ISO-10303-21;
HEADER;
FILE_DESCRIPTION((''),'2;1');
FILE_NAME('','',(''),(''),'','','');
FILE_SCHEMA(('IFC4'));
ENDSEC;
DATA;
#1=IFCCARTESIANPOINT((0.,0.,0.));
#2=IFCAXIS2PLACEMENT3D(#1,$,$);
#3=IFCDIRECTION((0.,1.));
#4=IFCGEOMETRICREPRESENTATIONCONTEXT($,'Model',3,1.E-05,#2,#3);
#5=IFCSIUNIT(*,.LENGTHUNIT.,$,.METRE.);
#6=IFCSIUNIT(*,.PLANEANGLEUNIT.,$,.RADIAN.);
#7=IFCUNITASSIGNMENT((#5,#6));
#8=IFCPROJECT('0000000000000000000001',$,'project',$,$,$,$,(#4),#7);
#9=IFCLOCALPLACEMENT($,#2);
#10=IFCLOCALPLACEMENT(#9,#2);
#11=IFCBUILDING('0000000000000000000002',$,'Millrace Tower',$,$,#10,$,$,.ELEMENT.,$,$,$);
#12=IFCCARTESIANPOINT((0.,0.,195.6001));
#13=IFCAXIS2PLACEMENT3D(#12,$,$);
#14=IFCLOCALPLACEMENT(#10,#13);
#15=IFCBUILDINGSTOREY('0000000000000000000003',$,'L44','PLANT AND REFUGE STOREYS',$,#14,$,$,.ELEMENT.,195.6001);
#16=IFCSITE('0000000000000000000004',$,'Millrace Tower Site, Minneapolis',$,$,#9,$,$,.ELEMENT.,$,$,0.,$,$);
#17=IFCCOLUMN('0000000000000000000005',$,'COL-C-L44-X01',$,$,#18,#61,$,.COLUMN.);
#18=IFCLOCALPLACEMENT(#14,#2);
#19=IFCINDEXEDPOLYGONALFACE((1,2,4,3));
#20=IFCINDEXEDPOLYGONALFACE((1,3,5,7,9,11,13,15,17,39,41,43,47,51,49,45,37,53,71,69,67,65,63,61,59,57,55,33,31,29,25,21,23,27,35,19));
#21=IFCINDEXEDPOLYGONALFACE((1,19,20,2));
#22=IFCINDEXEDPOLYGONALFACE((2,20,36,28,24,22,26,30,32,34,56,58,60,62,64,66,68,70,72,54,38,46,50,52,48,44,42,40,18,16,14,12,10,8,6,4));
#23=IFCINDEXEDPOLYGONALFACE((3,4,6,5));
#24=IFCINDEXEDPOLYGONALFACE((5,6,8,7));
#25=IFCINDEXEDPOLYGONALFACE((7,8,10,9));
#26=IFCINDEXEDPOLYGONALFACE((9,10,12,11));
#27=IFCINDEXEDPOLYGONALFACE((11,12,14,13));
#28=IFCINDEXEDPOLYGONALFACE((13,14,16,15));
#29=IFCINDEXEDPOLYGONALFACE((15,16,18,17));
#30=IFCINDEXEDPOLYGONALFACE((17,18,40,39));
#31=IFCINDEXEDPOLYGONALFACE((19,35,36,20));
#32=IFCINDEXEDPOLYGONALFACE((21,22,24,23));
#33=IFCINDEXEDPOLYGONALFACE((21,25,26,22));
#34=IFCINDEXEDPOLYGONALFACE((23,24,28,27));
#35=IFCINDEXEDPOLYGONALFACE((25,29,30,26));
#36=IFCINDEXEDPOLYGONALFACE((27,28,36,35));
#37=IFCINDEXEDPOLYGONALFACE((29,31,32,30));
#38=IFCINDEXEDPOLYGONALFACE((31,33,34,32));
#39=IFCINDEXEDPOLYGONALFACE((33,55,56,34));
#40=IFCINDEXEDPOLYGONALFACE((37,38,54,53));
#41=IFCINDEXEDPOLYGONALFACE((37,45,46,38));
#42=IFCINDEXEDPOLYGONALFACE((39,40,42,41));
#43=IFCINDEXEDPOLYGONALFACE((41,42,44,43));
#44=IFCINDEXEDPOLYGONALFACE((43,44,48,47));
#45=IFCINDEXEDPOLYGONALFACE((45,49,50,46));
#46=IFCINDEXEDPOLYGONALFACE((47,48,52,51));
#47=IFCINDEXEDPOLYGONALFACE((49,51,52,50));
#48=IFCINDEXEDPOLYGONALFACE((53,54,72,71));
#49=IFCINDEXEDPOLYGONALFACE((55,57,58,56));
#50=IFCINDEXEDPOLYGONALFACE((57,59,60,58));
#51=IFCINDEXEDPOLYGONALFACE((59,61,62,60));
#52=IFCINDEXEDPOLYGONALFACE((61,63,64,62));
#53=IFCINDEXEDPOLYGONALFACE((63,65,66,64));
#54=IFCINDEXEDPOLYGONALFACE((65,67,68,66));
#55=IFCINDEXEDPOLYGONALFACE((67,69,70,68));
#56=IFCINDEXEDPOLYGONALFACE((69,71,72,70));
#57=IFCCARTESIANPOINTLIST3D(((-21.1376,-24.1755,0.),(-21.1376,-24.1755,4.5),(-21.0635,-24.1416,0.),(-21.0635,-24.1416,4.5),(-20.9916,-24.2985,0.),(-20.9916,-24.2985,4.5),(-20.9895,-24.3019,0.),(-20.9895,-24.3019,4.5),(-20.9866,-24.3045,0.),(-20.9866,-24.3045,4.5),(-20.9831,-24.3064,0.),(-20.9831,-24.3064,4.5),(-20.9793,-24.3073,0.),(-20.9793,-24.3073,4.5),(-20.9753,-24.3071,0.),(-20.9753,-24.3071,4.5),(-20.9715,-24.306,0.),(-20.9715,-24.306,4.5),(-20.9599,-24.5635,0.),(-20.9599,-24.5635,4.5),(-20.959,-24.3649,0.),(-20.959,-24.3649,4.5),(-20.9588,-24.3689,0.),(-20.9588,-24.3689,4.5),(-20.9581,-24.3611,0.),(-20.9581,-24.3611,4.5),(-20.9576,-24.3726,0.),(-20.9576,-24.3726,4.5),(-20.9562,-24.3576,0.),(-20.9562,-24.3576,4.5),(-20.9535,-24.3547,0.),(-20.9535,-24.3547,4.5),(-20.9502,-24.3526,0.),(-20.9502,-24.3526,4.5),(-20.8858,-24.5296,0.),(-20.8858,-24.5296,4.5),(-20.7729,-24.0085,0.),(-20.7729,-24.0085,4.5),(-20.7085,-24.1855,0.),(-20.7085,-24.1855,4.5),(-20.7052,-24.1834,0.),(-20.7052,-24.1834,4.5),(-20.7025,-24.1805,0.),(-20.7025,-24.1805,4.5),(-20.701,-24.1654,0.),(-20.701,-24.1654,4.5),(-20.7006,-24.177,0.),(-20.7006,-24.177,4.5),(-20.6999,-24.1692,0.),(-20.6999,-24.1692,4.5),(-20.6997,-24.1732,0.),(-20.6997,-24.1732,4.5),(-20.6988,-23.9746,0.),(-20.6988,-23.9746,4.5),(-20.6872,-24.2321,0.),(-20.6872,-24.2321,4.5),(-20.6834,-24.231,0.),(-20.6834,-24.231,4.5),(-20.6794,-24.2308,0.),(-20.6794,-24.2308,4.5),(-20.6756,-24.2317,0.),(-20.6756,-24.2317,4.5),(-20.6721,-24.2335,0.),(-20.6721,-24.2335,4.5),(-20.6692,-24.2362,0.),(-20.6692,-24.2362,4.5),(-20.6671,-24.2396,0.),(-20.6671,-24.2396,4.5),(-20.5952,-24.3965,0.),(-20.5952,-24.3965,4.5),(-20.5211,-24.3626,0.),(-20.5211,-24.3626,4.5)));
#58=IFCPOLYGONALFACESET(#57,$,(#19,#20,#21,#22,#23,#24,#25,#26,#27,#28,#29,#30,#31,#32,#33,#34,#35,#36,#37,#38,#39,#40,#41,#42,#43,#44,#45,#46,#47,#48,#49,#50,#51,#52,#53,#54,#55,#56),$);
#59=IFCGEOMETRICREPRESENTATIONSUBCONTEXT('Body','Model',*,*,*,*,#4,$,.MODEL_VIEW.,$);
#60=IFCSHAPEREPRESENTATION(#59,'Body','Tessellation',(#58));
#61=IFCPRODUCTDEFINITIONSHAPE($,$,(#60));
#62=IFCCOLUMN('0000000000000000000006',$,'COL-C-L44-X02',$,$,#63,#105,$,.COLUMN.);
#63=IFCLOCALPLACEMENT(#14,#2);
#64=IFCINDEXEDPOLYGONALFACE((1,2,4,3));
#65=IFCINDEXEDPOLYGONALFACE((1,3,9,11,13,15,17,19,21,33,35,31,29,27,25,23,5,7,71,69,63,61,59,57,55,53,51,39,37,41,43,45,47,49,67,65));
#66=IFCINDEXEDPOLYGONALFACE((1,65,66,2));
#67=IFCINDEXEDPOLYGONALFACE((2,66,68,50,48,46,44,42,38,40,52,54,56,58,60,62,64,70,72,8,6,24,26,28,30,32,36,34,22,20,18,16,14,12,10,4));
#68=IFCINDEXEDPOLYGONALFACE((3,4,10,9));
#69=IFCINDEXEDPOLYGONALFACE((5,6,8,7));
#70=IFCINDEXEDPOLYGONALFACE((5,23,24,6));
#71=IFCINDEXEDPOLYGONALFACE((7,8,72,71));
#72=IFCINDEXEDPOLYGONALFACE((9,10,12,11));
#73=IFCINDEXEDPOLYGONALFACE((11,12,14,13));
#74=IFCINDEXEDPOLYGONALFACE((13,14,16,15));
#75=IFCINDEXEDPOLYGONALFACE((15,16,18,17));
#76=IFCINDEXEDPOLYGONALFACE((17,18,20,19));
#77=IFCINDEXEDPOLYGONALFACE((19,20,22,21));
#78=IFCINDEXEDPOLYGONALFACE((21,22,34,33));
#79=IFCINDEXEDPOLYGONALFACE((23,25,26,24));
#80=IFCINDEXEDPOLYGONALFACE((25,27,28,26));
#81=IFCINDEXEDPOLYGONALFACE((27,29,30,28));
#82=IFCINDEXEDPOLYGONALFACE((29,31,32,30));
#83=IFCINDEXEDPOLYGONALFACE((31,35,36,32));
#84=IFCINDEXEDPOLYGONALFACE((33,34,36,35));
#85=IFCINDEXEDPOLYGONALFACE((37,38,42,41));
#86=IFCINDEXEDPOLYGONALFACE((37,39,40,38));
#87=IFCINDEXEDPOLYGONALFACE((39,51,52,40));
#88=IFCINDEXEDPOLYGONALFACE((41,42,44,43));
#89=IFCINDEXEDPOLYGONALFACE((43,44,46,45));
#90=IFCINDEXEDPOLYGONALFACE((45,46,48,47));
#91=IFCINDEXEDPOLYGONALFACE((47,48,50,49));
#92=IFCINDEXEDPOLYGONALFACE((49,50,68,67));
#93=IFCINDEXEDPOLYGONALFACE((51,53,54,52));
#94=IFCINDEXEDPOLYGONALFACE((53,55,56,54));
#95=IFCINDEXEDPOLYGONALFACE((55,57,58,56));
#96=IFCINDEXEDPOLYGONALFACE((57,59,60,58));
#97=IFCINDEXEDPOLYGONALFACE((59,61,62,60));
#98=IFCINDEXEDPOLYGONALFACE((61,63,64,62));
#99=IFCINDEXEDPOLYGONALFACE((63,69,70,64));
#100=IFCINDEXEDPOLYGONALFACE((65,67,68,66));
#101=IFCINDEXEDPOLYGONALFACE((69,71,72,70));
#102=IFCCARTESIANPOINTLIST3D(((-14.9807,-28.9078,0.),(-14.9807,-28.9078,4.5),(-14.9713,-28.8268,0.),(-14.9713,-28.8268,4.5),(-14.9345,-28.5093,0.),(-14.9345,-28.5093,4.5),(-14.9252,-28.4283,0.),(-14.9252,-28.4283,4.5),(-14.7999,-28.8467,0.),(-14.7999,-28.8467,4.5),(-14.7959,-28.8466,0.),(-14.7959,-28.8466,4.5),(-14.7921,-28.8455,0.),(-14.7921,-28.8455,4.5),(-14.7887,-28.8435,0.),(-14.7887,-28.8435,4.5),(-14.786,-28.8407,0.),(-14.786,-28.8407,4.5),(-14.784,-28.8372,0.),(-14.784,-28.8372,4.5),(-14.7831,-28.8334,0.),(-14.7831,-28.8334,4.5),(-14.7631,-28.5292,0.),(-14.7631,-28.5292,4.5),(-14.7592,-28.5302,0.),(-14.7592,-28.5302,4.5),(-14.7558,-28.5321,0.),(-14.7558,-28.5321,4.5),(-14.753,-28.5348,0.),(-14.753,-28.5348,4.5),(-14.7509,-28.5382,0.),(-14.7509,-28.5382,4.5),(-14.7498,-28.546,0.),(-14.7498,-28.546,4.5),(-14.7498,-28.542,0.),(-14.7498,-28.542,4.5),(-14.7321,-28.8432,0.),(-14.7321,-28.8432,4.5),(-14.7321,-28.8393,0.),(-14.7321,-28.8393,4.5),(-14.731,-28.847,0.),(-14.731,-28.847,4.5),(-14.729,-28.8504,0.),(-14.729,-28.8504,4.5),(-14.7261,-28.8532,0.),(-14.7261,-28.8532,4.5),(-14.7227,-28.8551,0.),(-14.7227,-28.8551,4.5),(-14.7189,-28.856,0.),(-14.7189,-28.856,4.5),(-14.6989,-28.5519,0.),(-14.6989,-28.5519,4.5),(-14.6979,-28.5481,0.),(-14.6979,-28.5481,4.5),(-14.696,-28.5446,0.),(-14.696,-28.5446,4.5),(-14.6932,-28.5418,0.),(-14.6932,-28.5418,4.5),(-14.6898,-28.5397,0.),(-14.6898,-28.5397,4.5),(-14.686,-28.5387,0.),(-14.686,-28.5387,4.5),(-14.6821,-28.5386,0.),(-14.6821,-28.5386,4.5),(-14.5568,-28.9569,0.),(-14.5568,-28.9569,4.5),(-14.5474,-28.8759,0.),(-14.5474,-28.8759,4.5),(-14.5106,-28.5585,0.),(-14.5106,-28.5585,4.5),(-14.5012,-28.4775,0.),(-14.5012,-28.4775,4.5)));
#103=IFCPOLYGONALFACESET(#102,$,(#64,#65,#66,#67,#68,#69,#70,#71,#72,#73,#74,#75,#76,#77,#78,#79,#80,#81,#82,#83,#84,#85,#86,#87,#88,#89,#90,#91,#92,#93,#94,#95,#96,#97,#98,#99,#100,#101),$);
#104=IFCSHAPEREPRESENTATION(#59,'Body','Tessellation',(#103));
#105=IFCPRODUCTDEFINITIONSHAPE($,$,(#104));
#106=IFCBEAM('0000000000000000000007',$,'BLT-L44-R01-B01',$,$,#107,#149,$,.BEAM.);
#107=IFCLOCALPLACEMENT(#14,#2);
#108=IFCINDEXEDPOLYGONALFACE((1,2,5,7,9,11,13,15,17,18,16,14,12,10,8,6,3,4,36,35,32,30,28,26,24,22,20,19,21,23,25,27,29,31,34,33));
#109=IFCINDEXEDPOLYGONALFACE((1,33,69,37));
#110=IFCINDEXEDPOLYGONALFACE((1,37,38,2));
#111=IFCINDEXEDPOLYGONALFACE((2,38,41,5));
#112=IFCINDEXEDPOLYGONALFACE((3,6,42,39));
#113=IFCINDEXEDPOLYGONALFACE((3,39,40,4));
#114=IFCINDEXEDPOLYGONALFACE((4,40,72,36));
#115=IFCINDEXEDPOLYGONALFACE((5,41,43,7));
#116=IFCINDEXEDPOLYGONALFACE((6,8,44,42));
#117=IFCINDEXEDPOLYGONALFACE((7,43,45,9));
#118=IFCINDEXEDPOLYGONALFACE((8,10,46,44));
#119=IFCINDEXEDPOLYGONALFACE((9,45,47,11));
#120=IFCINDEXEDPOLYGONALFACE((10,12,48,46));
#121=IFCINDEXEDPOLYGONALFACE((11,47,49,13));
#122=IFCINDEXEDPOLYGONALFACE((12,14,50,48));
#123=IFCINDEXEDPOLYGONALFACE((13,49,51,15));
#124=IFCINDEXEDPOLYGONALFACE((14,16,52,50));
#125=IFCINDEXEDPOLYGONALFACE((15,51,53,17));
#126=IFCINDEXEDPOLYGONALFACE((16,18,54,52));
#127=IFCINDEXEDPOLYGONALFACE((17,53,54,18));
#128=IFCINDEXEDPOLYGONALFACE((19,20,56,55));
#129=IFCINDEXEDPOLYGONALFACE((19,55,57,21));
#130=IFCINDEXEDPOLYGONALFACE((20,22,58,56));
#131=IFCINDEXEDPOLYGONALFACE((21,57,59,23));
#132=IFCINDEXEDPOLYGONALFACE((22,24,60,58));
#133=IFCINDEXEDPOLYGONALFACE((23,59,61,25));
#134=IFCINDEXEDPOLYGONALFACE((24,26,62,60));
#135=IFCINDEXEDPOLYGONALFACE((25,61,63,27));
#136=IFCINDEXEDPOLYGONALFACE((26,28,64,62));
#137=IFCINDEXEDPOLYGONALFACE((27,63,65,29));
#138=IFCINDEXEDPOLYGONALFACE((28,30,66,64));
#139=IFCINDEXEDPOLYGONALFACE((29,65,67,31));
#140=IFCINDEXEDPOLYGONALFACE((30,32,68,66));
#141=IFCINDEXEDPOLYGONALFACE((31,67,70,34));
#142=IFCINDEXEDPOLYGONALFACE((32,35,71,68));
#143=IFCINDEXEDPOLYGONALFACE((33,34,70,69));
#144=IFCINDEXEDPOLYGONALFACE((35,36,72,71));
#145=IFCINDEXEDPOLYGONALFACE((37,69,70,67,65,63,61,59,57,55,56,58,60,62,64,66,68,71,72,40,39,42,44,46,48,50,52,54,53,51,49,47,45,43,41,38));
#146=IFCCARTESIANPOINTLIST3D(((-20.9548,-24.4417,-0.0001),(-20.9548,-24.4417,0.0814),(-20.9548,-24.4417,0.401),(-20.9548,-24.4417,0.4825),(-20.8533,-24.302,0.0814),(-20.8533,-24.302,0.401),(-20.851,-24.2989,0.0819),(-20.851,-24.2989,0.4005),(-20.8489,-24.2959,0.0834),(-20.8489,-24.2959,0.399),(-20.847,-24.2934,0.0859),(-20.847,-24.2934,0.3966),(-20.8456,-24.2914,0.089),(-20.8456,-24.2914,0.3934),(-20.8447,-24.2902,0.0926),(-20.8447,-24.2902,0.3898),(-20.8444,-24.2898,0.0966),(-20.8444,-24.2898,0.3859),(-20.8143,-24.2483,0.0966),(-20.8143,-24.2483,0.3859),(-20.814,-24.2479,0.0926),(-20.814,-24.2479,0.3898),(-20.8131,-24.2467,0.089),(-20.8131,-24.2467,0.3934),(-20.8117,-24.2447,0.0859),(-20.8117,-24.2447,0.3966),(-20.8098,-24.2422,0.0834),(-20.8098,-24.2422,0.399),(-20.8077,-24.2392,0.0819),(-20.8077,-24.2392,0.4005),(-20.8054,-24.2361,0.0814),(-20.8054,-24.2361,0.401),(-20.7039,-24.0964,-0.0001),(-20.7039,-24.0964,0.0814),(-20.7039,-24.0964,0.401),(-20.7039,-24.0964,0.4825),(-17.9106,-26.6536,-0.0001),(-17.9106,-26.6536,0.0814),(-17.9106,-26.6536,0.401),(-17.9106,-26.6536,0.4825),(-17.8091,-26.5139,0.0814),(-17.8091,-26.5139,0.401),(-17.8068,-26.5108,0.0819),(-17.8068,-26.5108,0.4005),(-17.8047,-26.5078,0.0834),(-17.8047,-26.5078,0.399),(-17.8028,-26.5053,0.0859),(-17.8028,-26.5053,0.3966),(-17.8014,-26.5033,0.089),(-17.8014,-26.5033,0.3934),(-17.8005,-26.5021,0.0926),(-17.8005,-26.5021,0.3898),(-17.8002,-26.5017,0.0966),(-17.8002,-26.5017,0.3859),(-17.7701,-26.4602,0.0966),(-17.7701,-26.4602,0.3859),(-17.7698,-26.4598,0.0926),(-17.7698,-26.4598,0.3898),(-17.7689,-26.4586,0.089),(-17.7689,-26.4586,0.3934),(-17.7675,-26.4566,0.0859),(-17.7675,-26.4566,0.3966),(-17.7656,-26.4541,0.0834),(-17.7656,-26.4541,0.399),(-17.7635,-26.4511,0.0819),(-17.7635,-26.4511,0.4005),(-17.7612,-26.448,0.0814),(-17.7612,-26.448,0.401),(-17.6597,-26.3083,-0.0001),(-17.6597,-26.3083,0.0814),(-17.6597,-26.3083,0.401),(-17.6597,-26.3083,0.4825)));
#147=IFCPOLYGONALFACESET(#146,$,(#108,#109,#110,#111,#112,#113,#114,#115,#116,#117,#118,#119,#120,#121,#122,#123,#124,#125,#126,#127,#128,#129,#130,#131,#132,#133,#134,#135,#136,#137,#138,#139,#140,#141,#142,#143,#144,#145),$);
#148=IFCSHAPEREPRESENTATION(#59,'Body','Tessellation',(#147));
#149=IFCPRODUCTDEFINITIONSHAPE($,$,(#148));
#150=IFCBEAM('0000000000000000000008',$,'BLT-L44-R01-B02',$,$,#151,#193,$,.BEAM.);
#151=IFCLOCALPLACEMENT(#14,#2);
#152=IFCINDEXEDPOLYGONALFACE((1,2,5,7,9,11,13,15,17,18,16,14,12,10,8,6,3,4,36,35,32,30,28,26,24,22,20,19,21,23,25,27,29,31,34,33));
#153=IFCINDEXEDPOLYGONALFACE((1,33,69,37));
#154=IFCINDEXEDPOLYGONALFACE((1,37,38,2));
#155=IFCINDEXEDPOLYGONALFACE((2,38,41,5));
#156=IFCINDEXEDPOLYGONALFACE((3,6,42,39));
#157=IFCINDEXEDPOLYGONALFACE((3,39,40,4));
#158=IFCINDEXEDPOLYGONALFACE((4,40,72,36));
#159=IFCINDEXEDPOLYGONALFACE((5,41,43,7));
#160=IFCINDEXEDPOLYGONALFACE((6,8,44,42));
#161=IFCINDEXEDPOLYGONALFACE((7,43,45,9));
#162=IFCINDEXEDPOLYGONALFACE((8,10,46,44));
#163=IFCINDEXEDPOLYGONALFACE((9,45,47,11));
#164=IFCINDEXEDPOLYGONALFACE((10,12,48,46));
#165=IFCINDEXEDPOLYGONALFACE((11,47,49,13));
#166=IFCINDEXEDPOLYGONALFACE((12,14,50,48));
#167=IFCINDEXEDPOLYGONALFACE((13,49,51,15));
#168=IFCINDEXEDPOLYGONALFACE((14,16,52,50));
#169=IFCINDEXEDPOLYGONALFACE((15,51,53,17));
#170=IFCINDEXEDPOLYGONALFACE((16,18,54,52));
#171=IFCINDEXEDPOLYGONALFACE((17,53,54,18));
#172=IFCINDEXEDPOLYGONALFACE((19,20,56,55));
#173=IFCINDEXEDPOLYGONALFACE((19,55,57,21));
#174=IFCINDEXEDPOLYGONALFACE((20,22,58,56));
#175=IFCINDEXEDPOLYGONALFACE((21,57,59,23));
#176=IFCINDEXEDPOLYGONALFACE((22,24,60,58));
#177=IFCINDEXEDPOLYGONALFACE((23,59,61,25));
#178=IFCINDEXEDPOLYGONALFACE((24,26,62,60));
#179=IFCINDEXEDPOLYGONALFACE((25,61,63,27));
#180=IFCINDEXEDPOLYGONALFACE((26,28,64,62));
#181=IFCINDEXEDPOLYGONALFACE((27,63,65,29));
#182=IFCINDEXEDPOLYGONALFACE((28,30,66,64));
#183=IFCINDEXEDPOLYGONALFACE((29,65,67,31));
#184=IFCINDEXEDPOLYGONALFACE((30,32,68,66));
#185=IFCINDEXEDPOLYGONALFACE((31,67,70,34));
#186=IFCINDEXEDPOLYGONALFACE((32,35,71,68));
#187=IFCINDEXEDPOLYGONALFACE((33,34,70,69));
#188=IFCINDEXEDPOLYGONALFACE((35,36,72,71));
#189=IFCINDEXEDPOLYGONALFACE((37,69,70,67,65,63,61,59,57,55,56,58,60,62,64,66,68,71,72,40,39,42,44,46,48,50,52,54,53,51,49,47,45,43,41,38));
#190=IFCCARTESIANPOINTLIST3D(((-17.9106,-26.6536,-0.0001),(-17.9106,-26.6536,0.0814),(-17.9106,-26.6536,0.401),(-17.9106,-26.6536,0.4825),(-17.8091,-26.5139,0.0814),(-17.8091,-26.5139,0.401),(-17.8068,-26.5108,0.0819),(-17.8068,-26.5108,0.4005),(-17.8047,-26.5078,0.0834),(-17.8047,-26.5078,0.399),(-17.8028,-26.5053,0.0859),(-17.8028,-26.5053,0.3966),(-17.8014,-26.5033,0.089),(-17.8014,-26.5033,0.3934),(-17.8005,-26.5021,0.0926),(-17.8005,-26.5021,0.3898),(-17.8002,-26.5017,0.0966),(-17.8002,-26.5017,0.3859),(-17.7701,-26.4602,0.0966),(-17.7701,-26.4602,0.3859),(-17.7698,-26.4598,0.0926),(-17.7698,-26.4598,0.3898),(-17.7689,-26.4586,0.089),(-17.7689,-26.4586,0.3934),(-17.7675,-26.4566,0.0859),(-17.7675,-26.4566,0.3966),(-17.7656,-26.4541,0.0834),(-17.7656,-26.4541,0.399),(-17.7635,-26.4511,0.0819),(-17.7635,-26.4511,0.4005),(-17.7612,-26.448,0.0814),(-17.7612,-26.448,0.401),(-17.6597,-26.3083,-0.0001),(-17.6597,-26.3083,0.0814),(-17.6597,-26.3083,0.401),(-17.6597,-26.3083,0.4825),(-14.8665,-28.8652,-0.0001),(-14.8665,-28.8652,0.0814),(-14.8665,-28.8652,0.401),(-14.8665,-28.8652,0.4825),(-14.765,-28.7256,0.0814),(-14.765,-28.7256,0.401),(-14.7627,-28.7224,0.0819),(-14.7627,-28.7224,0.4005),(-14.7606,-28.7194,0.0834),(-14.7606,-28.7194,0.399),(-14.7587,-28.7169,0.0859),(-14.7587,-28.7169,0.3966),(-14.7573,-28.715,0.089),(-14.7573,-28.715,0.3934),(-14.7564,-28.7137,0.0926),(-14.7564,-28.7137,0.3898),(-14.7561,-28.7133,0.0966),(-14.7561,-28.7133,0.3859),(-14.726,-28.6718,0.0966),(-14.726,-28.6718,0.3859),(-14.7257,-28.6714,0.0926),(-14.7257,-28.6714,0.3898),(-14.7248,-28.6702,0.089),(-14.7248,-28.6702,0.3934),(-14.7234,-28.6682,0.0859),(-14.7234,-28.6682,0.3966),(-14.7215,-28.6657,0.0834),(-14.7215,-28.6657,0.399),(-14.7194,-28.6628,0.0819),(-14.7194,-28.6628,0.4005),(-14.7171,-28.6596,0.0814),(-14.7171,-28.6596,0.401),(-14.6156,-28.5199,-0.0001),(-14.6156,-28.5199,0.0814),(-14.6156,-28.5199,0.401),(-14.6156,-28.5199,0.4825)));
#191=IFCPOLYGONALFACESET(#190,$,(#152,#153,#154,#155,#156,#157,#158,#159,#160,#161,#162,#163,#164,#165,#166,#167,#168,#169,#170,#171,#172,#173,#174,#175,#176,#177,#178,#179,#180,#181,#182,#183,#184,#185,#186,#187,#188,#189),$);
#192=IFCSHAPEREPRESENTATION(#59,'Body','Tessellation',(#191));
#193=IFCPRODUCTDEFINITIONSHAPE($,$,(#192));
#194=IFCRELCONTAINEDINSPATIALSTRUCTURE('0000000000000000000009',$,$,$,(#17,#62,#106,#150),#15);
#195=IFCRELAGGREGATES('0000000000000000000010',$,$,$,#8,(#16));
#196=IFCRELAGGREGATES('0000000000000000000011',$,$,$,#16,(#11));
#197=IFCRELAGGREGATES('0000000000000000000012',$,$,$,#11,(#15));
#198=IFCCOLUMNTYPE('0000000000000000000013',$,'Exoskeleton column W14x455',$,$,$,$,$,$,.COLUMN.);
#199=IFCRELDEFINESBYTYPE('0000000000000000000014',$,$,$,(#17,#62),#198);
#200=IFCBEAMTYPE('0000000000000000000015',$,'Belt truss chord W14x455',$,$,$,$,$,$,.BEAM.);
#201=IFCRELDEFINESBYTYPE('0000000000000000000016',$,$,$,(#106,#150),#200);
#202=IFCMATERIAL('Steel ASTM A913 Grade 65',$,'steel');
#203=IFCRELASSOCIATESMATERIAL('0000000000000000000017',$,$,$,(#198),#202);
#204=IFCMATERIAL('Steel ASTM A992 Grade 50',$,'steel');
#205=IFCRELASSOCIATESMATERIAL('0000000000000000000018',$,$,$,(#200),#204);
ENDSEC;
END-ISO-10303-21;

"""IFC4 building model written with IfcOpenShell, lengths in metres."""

from ifc_helpers import new_model, si_unit, direction, frame, origin, origin_2d, place, context, subcontext, project, spatial, i_section, extrude, material, material_profile, profile_set, type_object, element, save


model = new_model("IFC4")

# Units and contexts
model_context = context("Model", 3, precision=1e-05, world=origin(), true_north=direction((0.0, 1.0)))
body_context = subcontext(model_context, "Body", "Model", "MODEL_VIEW")
ifc_project = project(units=[si_unit("LENGTHUNIT", "METRE"), si_unit("PLANEANGLEUNIT", "RADIAN")], contexts=[model_context])

# Site, building, storey
site_placement = place(None, origin())
site = spatial("IfcSite", under=ifc_project, at=site_placement, Name="Millrace Tower Site, Minneapolis", CompositionType="ELEMENT", RefElevation=0.0)
building_placement = place(site_placement, origin())
building = spatial("IfcBuilding", under=site, at=building_placement, Name="Millrace Tower", CompositionType="ELEMENT")
storey_placement = place(building_placement, frame((0.0, 0.0, 195.6001)))
storey = spatial("IfcBuildingStorey", under=building, at=storey_placement, Name="L44", Description="PLANT AND REFUGE STOREYS", CompositionType="ELEMENT", Elevation=195.6001)

# Columns
ifc_material_1 = material(Name="Steel ASTM A913 Grade 65", Category="steel")
ifc_material_profile_1 = material_profile(ifc_material_1, i_section(OverallWidth=0.4268, OverallDepth=0.4827, WebThickness=0.0513, FlangeThickness=0.0815, FilletRadius=0.0151, at=origin_2d()))
ifc_profile_set_1 = profile_set([ifc_material_profile_1], Name="Steel ASTM A913 Grade 65")
column_type = type_object("IfcColumnType", Name="Exoskeleton column W14x455", PredefinedType="COLUMN", material=ifc_profile_set_1)
for number, where, z_axis, x_axis, name in (
    (1, (-20.8293, -24.269, 0.0), (0.0, 0.0, 1.0), (0.416401, -0.909181, 0.0), "COL-C-L44-X01"),
    (2, (-14.741, -28.6926, 0.0), (0.0, 0.0, 1.0), (0.993358, -0.115069, 0.0), "COL-C-L44-X02"),
):
    element("IfcColumn", number, at=place(storey_placement, frame(where, z_axis=z_axis, x_axis=x_axis)), inside=storey, type_object=column_type, Name=name, PredefinedType="COLUMN", context=body_context, shape_type="SweptSolid", body=[
        extrude(i_section(OverallWidth=0.4268, OverallDepth=0.4827, WebThickness=0.0513, FlangeThickness=0.0815, FilletRadius=0.0151, at=origin_2d()), origin(), (0.0, 0.0, 1.0), 4.5),
    ])

# Beams
ifc_material_2 = material(Name="Steel ASTM A992 Grade 50", Category="steel")
ifc_material_profile_2 = material_profile(ifc_material_2, i_section(OverallWidth=0.4268, OverallDepth=0.4827, WebThickness=0.0513, FlangeThickness=0.0815, FilletRadius=0.0151, at=origin_2d()))
ifc_profile_set_2 = profile_set([ifc_material_profile_2], Name="Steel ASTM A992 Grade 50")
beam_type_1 = type_object("IfcBeamType", Name="Belt truss chord W14x455", PredefinedType="BEAM", material=ifc_profile_set_2)
beam_1_placement = place(storey_placement, frame((-20.8293, -24.269, 0.2412), z_axis=(0.808994, -0.587817, 0.0), x_axis=(0.587817, 0.808994, 0.0)))
element("IfcBeam", 3, at=beam_1_placement, inside=storey, type_object=beam_type_1, Name="BLT-L44-R01-B01", PredefinedType="BEAM", context=body_context, shape_type="SweptSolid", body=[
    extrude(i_section(OverallWidth=0.4268, OverallDepth=0.4827, WebThickness=0.0513, FlangeThickness=0.0815, FilletRadius=0.0151, at=origin_2d()), origin(), (0.0, 0.0, 1.0), 3.7629),
])
beam_2_placement = place(storey_placement, frame((-17.7852, -26.481, 0.2412), z_axis=(0.809025, -0.587774, 0.0), x_axis=(0.587774, 0.809025, 0.0)))
element("IfcBeam", 4, at=beam_2_placement, inside=storey, type_object=beam_type_1, Name="BLT-L44-R01-B02", PredefinedType="BEAM", context=body_context, shape_type="SweptSolid", body=[
    extrude(i_section(OverallWidth=0.4268, OverallDepth=0.4827, WebThickness=0.0513, FlangeThickness=0.0815, FilletRadius=0.0151, at=origin_2d()), origin(), (0.0, 0.0, 1.0), 3.7627),
])

save(model, "model.ifc")
